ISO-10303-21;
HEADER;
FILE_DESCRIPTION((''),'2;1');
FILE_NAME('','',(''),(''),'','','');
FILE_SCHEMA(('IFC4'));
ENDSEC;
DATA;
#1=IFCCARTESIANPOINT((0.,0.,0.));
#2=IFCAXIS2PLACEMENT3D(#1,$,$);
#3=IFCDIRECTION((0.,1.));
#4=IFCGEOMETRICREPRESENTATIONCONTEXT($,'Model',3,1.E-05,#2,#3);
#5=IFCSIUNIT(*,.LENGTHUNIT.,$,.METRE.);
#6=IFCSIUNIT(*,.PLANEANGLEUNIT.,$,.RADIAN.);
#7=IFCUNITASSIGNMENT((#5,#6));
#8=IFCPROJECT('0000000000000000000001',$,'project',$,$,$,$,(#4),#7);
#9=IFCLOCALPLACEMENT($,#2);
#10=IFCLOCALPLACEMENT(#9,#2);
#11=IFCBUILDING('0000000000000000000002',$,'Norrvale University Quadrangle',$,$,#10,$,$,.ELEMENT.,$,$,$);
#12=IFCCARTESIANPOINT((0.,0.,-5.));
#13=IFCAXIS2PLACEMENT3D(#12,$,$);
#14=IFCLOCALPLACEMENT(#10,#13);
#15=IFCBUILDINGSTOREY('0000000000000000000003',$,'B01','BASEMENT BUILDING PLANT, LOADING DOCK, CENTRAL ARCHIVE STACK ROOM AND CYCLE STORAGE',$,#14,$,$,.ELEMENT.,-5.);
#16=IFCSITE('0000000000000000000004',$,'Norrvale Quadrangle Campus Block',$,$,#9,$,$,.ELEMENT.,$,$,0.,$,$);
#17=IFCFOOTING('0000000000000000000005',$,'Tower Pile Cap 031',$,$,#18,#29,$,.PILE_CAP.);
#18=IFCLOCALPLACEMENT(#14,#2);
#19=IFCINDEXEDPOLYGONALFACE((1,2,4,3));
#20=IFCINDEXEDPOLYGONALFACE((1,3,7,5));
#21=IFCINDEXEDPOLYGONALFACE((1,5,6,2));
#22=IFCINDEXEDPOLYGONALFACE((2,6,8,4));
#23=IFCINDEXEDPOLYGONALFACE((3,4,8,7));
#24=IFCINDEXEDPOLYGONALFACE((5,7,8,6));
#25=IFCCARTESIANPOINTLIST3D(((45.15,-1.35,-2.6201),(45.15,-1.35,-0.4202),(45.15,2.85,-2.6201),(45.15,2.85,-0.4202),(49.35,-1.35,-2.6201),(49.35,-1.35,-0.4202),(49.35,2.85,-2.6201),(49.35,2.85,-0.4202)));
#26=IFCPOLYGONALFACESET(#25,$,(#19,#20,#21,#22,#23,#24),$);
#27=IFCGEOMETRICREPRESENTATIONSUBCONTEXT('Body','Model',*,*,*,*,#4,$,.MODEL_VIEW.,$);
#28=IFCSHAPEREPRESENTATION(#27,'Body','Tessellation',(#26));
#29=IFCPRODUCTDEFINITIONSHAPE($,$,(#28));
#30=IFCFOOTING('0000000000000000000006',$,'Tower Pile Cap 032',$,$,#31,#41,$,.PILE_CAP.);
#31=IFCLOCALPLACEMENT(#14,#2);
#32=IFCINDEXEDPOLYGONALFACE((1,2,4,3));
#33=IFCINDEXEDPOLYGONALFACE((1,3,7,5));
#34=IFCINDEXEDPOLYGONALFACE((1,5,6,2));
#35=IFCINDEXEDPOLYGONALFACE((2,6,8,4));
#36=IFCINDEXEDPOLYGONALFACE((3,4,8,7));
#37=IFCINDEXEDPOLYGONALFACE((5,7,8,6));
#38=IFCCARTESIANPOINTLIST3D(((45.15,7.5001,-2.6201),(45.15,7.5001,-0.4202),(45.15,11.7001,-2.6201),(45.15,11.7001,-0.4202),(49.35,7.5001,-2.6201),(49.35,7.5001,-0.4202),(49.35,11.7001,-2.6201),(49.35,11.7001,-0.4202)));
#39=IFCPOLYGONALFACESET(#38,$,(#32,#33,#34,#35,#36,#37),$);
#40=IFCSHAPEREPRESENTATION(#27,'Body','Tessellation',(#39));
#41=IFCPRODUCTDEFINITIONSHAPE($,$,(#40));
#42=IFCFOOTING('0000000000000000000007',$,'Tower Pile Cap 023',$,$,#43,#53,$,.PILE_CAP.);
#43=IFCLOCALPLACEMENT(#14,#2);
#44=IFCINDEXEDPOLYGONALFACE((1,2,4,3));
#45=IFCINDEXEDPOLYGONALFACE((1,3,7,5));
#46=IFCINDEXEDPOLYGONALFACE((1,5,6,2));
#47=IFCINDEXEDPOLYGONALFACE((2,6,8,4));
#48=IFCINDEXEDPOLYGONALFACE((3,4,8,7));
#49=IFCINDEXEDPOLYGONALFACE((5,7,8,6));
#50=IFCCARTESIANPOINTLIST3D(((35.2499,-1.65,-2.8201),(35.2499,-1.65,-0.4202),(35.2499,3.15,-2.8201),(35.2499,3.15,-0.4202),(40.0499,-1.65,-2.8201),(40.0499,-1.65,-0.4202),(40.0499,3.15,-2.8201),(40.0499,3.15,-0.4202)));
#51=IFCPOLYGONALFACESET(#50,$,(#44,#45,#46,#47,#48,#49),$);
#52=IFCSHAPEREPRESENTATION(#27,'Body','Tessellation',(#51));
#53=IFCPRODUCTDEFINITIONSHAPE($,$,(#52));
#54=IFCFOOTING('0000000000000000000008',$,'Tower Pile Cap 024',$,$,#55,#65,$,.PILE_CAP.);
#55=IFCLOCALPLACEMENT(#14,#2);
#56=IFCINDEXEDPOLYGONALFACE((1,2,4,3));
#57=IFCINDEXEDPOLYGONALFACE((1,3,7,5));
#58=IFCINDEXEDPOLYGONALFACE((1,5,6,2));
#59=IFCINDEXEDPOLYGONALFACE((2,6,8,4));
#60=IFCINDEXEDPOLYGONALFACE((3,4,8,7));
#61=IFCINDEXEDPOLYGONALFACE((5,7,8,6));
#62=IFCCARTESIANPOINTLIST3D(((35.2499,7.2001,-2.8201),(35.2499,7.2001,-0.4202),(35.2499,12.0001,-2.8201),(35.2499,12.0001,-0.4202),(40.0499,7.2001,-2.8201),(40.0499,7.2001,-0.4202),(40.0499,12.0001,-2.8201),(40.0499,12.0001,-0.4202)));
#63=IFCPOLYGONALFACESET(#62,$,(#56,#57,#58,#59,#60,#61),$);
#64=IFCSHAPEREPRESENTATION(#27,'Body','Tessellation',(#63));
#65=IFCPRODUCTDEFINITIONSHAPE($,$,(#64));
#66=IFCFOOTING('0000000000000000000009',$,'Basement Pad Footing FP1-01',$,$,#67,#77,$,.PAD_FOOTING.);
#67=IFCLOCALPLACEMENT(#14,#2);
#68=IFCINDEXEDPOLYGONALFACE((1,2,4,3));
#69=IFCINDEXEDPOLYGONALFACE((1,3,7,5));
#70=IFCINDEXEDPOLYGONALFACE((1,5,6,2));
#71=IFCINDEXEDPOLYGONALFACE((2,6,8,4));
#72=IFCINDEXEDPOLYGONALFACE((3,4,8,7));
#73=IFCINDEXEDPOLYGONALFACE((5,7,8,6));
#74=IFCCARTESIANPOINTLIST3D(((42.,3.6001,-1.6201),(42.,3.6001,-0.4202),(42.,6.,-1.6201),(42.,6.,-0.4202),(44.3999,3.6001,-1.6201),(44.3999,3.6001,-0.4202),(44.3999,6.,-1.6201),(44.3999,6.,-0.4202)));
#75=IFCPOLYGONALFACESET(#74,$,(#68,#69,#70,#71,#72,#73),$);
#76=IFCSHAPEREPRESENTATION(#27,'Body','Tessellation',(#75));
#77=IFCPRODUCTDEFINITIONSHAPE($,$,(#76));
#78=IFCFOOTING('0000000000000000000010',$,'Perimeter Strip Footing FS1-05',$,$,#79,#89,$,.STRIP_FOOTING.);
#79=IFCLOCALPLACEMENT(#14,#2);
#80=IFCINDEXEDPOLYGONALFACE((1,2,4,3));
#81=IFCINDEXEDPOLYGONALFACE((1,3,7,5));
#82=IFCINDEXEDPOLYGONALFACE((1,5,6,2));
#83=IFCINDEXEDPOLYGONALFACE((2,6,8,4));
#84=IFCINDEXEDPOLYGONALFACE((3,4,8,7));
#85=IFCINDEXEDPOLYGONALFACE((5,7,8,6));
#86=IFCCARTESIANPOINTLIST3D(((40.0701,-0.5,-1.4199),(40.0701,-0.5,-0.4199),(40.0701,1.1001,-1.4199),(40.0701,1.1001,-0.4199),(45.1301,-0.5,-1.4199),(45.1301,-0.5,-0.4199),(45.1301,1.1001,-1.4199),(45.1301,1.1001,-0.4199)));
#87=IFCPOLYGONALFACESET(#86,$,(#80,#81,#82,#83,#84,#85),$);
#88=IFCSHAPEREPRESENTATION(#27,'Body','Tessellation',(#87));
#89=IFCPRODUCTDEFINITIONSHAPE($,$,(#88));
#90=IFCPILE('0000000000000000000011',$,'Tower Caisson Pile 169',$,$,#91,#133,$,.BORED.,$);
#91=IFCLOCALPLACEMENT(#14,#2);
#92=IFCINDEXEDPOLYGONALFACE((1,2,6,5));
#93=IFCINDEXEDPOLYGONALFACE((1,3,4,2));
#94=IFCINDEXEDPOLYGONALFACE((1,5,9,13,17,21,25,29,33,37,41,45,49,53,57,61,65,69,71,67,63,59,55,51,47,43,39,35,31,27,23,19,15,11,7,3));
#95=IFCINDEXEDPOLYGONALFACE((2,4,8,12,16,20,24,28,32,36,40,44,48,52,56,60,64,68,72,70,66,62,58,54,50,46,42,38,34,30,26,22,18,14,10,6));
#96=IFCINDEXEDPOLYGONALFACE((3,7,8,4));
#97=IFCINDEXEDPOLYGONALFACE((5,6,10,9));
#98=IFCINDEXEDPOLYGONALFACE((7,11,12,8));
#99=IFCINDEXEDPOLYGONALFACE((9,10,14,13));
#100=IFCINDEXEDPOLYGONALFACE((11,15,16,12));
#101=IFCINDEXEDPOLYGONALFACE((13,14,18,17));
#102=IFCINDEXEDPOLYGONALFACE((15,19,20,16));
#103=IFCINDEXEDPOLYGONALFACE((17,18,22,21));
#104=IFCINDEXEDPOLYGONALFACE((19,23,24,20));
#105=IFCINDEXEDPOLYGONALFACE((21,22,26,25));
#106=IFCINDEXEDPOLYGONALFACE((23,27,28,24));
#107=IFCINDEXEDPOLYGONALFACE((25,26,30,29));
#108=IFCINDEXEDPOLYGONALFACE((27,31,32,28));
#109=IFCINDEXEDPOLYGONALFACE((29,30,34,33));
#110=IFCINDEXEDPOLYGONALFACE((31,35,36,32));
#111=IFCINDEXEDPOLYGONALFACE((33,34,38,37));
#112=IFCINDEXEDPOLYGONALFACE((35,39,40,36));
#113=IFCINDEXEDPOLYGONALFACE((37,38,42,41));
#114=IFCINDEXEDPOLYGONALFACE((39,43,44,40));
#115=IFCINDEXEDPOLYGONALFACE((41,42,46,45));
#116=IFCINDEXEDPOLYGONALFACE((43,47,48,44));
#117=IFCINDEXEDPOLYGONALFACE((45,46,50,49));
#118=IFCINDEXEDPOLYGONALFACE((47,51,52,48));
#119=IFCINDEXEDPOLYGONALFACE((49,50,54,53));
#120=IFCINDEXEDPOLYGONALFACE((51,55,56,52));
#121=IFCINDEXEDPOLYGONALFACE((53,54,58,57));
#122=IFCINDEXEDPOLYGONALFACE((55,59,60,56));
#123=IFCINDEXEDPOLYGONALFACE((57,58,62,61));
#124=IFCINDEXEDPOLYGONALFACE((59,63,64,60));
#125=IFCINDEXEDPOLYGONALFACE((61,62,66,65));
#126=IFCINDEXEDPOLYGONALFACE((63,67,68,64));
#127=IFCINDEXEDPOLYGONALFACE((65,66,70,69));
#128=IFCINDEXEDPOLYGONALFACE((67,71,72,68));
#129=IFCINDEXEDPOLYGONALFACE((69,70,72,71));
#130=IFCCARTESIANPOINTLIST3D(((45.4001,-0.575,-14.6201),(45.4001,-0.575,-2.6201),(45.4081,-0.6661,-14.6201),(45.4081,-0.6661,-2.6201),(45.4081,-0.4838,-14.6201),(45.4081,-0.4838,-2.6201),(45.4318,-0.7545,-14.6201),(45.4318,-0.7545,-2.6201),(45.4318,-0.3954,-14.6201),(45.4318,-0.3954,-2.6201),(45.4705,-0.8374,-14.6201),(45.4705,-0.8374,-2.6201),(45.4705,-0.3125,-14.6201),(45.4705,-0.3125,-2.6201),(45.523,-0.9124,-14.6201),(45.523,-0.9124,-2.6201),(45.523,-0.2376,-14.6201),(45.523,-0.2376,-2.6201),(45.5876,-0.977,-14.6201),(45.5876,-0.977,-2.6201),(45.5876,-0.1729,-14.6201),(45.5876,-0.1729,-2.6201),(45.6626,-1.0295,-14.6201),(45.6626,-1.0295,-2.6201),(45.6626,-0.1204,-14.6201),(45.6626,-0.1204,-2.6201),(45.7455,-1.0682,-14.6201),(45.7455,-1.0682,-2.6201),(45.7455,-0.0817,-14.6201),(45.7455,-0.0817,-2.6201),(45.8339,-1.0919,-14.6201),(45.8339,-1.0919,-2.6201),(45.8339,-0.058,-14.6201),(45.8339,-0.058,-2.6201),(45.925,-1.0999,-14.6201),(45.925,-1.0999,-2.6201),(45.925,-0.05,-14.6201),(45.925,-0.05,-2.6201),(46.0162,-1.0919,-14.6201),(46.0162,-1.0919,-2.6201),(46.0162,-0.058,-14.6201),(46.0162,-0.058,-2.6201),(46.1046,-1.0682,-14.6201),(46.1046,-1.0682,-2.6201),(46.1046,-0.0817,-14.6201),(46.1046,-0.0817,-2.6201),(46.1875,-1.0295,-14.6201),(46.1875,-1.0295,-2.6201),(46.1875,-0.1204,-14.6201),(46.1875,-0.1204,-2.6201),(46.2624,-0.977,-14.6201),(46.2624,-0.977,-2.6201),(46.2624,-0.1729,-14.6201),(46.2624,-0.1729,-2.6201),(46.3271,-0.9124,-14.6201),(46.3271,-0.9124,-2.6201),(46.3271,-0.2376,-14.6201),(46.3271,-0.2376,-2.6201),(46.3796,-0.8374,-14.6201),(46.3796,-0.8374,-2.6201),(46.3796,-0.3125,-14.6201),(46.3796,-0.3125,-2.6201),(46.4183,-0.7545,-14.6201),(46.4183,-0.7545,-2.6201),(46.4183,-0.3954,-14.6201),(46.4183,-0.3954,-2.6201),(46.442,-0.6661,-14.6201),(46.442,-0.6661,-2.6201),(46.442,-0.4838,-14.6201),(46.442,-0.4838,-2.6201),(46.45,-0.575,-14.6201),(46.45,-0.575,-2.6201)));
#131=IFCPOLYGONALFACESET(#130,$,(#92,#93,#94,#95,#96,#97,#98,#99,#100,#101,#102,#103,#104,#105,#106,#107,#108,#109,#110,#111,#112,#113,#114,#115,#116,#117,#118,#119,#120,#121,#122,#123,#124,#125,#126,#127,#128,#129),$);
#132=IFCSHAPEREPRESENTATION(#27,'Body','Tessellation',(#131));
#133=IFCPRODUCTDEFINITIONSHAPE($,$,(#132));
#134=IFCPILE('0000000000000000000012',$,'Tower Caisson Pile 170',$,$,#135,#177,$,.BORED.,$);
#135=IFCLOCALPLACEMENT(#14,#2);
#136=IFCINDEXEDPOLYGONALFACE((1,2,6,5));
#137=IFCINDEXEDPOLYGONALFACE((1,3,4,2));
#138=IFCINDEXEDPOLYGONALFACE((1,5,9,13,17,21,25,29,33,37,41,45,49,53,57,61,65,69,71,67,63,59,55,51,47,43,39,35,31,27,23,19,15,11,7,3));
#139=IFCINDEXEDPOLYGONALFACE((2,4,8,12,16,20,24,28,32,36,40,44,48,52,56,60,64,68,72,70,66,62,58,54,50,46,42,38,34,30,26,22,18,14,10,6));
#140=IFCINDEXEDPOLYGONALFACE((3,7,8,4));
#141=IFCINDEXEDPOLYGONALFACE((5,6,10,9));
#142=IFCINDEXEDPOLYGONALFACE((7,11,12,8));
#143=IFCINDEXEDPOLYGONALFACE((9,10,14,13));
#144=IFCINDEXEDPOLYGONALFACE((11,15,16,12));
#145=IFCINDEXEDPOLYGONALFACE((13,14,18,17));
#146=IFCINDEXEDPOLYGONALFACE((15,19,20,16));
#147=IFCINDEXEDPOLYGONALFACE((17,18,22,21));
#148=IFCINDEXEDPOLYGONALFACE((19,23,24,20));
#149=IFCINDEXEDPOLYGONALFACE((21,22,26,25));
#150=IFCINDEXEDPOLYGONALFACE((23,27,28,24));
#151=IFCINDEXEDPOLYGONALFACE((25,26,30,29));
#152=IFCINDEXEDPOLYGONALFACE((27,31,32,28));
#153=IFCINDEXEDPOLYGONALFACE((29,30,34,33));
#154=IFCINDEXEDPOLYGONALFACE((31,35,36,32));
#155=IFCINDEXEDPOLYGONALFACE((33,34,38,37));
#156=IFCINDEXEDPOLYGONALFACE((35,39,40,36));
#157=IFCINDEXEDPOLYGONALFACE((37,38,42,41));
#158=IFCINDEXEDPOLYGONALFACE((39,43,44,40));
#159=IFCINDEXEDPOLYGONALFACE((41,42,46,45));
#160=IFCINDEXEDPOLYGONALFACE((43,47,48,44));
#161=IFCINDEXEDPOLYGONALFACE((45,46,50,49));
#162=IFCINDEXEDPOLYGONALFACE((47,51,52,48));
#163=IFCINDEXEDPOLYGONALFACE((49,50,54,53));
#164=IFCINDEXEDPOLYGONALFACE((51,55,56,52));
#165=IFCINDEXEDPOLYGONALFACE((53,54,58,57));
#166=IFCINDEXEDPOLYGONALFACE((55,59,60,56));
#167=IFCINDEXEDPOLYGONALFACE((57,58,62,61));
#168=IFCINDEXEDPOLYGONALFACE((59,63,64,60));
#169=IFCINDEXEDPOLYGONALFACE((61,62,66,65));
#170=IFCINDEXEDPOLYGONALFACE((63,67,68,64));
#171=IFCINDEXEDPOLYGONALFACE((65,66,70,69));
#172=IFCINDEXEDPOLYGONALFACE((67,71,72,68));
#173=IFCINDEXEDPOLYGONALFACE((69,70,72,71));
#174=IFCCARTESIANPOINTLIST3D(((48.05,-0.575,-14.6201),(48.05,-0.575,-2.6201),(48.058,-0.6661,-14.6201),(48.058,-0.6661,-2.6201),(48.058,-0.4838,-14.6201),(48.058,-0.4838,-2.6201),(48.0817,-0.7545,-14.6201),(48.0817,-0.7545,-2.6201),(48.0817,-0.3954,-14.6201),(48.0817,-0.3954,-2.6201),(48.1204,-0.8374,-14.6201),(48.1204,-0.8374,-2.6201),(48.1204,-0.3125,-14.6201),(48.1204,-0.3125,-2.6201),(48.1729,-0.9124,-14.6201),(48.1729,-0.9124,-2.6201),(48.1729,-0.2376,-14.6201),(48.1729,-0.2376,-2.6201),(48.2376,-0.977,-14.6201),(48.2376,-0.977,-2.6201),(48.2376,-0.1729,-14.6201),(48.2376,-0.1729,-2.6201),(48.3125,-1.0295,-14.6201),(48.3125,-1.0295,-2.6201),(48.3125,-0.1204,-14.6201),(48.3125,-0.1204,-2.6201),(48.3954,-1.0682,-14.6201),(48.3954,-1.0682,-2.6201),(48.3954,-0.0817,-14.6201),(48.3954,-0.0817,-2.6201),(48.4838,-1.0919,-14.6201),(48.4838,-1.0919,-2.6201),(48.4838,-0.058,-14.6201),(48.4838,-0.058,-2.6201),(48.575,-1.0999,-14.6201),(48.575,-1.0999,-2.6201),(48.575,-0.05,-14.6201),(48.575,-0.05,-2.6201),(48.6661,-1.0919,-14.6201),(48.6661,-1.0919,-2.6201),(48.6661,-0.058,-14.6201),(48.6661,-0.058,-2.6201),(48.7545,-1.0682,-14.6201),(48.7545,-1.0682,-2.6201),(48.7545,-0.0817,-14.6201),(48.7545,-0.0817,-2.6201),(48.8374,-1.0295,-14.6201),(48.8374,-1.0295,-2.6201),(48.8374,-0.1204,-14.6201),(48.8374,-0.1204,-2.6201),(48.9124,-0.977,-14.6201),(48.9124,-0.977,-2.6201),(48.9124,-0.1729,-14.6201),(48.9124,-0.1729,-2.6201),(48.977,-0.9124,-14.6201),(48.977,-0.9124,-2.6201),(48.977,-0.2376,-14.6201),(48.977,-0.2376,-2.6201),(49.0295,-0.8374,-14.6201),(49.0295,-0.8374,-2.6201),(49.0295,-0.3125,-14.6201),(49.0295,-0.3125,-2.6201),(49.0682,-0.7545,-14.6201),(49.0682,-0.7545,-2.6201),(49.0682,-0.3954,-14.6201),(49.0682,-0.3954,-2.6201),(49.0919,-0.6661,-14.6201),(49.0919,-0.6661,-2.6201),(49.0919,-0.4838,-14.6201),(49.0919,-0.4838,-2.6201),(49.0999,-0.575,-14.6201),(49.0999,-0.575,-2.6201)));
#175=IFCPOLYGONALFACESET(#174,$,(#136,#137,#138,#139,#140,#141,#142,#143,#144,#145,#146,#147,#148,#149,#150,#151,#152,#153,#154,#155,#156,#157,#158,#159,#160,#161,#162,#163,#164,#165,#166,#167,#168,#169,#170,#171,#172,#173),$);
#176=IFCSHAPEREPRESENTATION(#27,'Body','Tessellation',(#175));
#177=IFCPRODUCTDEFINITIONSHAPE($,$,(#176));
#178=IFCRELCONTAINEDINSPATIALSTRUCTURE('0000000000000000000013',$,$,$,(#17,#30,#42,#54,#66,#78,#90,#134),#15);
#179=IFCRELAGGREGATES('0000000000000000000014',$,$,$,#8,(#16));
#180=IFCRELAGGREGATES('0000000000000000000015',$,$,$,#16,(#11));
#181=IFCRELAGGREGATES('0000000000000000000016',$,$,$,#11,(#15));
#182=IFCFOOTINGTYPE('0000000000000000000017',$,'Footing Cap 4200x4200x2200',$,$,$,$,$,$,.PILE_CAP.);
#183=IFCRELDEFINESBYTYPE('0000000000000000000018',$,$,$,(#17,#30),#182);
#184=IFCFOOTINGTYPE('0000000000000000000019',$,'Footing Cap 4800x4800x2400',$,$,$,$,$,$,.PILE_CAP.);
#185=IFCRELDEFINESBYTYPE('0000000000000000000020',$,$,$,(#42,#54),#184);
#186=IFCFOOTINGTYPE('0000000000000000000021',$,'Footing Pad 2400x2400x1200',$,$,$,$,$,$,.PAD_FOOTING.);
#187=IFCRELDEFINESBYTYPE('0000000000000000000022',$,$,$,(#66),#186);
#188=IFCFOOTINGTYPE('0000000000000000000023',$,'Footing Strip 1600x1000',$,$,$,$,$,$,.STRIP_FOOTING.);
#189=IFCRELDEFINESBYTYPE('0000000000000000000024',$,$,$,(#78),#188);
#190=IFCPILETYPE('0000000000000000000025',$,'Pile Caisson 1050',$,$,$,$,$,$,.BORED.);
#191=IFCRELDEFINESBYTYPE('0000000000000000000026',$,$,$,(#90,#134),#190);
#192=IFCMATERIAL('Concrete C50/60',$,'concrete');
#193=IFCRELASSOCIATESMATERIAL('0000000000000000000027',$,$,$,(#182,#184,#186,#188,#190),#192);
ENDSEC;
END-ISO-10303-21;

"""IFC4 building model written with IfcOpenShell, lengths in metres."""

from ifc_helpers import new_model, si_unit, direction, frame, origin, origin_2d, place, context, subcontext, project, spatial, rectangle, circle, extrude, material, material_profile, profile_set, type_object, element, save


model = new_model("IFC4")

# Units and contexts
model_context = context("Model", 3, precision=1e-05, world=origin(), true_north=direction((0.0, 1.0)))
body_context = subcontext(model_context, "Body", "Model", "MODEL_VIEW")
ifc_project = project(units=[si_unit("LENGTHUNIT", "METRE"), si_unit("PLANEANGLEUNIT", "RADIAN")], contexts=[model_context])

# Site, building, storey
site_placement = place(None, origin())
site = spatial("IfcSite", under=ifc_project, at=site_placement, Name="Norrvale Quadrangle Campus Block", CompositionType="ELEMENT", RefElevation=0.0)
building_placement = place(site_placement, origin())
building = spatial("IfcBuilding", under=site, at=building_placement, Name="Norrvale University Quadrangle", CompositionType="ELEMENT")
storey_placement = place(building_placement, frame((0.0, 0.0, -5.0)))
storey = spatial("IfcBuildingStorey", under=building, at=storey_placement, Name="B01", Description="BASEMENT BUILDING PLANT, LOADING DOCK, CENTRAL ARCHIVE STACK ROOM AND CYCLE STORAGE", CompositionType="ELEMENT", Elevation=-5.0)

# Footings
ifc_material_1 = material(Name="Concrete C50/60", Category="concrete")
footing_type_1 = type_object("IfcFootingType", Name="Footing Cap 4200x4200x2200", PredefinedType="PILE_CAP", material=ifc_material_1)
for number, where, z_axis, x_axis, name in (
    (1, (47.25, 0.75, -2.6201), (0.0, 0.0, 1.0), (1.0, 0.0, 0.0), "Tower Pile Cap 031"),
    (2, (47.25, 9.6001, -2.6201), (0.0, 0.0, 1.0), (1.0, 0.0, 0.0), "Tower Pile Cap 032"),
):
    element("IfcFooting", number, at=place(storey_placement, frame(where, z_axis=z_axis, x_axis=x_axis)), inside=storey, type_object=footing_type_1, Name=name, PredefinedType="PILE_CAP", context=body_context, shape_type="SweptSolid", body=[
        extrude(rectangle(XDim=4.2, YDim=4.2, at=origin_2d()), origin(), (0.0, 0.0, 1.0), 2.2),
    ])
footing_type_2 = type_object("IfcFootingType", Name="Footing Cap 4800x4800x2400", PredefinedType="PILE_CAP", material=ifc_material_1)
for number, where, z_axis, x_axis, name in (
    (3, (37.6499, 0.75, -2.8201), (0.0, 0.0, 1.0), (1.0, 0.0, 0.0), "Tower Pile Cap 023"),
    (4, (37.6499, 9.6001, -2.8201), (0.0, 0.0, 1.0), (1.0, 0.0, 0.0), "Tower Pile Cap 024"),
):
    element("IfcFooting", number, at=place(storey_placement, frame(where, z_axis=z_axis, x_axis=x_axis)), inside=storey, type_object=footing_type_2, Name=name, PredefinedType="PILE_CAP", context=body_context, shape_type="SweptSolid", body=[
        extrude(rectangle(XDim=4.8, YDim=4.8, at=origin_2d()), origin(), (0.0, 0.0, 1.0), 2.3999),
    ])
footing_type_3 = type_object("IfcFootingType", Name="Footing Pad 2400x2400x1200", PredefinedType="PAD_FOOTING", material=ifc_material_1)
footing_1_placement = place(storey_placement, frame((43.2, 4.8, -1.6201), z_axis=(0.0, 0.0, 1.0), x_axis=(1.0, 0.0, 0.0)))
element("IfcFooting", 5, at=footing_1_placement, inside=storey, type_object=footing_type_3, Name="Basement Pad Footing FP1-01", PredefinedType="PAD_FOOTING", context=body_context, shape_type="SweptSolid", body=[
    extrude(rectangle(XDim=2.3999, YDim=2.3999, at=origin_2d()), origin(), (0.0, 0.0, 1.0), 1.2),
])
footing_type_4 = type_object("IfcFootingType", Name="Footing Strip 1600x1000", PredefinedType="STRIP_FOOTING", material=ifc_material_1)
footing_2_placement = place(storey_placement, frame((42.6001, 0.3, -1.4199), z_axis=(0.0, 0.0, 1.0), x_axis=(1.0, 0.0, 0.0)))
element("IfcFooting", 6, at=footing_2_placement, inside=storey, type_object=footing_type_4, Name="Perimeter Strip Footing FS1-05", PredefinedType="STRIP_FOOTING", context=body_context, shape_type="SweptSolid", body=[
    extrude(rectangle(XDim=5.0601, YDim=1.6001, at=origin_2d()), origin(), (0.0, 0.0, 1.0), 1.0),
])

# Piles
ifc_material_profile_1 = material_profile(ifc_material_1, circle(Radius=0.5249, at=origin_2d()), Name="Concrete C50/60")
ifc_profile_set_1 = profile_set([ifc_material_profile_1], Name="Concrete C50/60")
pile_type_1 = type_object("IfcPileType", Name="Pile Caisson 1050", PredefinedType="BORED", material=ifc_profile_set_1)
for number, where, z_axis, x_axis, name in (
    (7, (45.925, -0.575, -2.6201), (0.0, 0.0, -1.0), (1.0, 0.0, 0.0), "Tower Caisson Pile 169"),
    (8, (48.575, -0.575, -2.6201), (0.0, 0.0, -1.0), (1.0, 0.0, 0.0), "Tower Caisson Pile 170"),
):
    element("IfcPile", number, at=place(storey_placement, frame(where, z_axis=z_axis, x_axis=x_axis)), inside=storey, type_object=pile_type_1, Name=name, PredefinedType="BORED", context=body_context, shape_type="SweptSolid", body=[
        extrude(circle(Radius=0.5249, at=origin_2d()), origin(), (0.0, 0.0, 1.0), 12.0),
    ])

save(model, "model.ifc")
